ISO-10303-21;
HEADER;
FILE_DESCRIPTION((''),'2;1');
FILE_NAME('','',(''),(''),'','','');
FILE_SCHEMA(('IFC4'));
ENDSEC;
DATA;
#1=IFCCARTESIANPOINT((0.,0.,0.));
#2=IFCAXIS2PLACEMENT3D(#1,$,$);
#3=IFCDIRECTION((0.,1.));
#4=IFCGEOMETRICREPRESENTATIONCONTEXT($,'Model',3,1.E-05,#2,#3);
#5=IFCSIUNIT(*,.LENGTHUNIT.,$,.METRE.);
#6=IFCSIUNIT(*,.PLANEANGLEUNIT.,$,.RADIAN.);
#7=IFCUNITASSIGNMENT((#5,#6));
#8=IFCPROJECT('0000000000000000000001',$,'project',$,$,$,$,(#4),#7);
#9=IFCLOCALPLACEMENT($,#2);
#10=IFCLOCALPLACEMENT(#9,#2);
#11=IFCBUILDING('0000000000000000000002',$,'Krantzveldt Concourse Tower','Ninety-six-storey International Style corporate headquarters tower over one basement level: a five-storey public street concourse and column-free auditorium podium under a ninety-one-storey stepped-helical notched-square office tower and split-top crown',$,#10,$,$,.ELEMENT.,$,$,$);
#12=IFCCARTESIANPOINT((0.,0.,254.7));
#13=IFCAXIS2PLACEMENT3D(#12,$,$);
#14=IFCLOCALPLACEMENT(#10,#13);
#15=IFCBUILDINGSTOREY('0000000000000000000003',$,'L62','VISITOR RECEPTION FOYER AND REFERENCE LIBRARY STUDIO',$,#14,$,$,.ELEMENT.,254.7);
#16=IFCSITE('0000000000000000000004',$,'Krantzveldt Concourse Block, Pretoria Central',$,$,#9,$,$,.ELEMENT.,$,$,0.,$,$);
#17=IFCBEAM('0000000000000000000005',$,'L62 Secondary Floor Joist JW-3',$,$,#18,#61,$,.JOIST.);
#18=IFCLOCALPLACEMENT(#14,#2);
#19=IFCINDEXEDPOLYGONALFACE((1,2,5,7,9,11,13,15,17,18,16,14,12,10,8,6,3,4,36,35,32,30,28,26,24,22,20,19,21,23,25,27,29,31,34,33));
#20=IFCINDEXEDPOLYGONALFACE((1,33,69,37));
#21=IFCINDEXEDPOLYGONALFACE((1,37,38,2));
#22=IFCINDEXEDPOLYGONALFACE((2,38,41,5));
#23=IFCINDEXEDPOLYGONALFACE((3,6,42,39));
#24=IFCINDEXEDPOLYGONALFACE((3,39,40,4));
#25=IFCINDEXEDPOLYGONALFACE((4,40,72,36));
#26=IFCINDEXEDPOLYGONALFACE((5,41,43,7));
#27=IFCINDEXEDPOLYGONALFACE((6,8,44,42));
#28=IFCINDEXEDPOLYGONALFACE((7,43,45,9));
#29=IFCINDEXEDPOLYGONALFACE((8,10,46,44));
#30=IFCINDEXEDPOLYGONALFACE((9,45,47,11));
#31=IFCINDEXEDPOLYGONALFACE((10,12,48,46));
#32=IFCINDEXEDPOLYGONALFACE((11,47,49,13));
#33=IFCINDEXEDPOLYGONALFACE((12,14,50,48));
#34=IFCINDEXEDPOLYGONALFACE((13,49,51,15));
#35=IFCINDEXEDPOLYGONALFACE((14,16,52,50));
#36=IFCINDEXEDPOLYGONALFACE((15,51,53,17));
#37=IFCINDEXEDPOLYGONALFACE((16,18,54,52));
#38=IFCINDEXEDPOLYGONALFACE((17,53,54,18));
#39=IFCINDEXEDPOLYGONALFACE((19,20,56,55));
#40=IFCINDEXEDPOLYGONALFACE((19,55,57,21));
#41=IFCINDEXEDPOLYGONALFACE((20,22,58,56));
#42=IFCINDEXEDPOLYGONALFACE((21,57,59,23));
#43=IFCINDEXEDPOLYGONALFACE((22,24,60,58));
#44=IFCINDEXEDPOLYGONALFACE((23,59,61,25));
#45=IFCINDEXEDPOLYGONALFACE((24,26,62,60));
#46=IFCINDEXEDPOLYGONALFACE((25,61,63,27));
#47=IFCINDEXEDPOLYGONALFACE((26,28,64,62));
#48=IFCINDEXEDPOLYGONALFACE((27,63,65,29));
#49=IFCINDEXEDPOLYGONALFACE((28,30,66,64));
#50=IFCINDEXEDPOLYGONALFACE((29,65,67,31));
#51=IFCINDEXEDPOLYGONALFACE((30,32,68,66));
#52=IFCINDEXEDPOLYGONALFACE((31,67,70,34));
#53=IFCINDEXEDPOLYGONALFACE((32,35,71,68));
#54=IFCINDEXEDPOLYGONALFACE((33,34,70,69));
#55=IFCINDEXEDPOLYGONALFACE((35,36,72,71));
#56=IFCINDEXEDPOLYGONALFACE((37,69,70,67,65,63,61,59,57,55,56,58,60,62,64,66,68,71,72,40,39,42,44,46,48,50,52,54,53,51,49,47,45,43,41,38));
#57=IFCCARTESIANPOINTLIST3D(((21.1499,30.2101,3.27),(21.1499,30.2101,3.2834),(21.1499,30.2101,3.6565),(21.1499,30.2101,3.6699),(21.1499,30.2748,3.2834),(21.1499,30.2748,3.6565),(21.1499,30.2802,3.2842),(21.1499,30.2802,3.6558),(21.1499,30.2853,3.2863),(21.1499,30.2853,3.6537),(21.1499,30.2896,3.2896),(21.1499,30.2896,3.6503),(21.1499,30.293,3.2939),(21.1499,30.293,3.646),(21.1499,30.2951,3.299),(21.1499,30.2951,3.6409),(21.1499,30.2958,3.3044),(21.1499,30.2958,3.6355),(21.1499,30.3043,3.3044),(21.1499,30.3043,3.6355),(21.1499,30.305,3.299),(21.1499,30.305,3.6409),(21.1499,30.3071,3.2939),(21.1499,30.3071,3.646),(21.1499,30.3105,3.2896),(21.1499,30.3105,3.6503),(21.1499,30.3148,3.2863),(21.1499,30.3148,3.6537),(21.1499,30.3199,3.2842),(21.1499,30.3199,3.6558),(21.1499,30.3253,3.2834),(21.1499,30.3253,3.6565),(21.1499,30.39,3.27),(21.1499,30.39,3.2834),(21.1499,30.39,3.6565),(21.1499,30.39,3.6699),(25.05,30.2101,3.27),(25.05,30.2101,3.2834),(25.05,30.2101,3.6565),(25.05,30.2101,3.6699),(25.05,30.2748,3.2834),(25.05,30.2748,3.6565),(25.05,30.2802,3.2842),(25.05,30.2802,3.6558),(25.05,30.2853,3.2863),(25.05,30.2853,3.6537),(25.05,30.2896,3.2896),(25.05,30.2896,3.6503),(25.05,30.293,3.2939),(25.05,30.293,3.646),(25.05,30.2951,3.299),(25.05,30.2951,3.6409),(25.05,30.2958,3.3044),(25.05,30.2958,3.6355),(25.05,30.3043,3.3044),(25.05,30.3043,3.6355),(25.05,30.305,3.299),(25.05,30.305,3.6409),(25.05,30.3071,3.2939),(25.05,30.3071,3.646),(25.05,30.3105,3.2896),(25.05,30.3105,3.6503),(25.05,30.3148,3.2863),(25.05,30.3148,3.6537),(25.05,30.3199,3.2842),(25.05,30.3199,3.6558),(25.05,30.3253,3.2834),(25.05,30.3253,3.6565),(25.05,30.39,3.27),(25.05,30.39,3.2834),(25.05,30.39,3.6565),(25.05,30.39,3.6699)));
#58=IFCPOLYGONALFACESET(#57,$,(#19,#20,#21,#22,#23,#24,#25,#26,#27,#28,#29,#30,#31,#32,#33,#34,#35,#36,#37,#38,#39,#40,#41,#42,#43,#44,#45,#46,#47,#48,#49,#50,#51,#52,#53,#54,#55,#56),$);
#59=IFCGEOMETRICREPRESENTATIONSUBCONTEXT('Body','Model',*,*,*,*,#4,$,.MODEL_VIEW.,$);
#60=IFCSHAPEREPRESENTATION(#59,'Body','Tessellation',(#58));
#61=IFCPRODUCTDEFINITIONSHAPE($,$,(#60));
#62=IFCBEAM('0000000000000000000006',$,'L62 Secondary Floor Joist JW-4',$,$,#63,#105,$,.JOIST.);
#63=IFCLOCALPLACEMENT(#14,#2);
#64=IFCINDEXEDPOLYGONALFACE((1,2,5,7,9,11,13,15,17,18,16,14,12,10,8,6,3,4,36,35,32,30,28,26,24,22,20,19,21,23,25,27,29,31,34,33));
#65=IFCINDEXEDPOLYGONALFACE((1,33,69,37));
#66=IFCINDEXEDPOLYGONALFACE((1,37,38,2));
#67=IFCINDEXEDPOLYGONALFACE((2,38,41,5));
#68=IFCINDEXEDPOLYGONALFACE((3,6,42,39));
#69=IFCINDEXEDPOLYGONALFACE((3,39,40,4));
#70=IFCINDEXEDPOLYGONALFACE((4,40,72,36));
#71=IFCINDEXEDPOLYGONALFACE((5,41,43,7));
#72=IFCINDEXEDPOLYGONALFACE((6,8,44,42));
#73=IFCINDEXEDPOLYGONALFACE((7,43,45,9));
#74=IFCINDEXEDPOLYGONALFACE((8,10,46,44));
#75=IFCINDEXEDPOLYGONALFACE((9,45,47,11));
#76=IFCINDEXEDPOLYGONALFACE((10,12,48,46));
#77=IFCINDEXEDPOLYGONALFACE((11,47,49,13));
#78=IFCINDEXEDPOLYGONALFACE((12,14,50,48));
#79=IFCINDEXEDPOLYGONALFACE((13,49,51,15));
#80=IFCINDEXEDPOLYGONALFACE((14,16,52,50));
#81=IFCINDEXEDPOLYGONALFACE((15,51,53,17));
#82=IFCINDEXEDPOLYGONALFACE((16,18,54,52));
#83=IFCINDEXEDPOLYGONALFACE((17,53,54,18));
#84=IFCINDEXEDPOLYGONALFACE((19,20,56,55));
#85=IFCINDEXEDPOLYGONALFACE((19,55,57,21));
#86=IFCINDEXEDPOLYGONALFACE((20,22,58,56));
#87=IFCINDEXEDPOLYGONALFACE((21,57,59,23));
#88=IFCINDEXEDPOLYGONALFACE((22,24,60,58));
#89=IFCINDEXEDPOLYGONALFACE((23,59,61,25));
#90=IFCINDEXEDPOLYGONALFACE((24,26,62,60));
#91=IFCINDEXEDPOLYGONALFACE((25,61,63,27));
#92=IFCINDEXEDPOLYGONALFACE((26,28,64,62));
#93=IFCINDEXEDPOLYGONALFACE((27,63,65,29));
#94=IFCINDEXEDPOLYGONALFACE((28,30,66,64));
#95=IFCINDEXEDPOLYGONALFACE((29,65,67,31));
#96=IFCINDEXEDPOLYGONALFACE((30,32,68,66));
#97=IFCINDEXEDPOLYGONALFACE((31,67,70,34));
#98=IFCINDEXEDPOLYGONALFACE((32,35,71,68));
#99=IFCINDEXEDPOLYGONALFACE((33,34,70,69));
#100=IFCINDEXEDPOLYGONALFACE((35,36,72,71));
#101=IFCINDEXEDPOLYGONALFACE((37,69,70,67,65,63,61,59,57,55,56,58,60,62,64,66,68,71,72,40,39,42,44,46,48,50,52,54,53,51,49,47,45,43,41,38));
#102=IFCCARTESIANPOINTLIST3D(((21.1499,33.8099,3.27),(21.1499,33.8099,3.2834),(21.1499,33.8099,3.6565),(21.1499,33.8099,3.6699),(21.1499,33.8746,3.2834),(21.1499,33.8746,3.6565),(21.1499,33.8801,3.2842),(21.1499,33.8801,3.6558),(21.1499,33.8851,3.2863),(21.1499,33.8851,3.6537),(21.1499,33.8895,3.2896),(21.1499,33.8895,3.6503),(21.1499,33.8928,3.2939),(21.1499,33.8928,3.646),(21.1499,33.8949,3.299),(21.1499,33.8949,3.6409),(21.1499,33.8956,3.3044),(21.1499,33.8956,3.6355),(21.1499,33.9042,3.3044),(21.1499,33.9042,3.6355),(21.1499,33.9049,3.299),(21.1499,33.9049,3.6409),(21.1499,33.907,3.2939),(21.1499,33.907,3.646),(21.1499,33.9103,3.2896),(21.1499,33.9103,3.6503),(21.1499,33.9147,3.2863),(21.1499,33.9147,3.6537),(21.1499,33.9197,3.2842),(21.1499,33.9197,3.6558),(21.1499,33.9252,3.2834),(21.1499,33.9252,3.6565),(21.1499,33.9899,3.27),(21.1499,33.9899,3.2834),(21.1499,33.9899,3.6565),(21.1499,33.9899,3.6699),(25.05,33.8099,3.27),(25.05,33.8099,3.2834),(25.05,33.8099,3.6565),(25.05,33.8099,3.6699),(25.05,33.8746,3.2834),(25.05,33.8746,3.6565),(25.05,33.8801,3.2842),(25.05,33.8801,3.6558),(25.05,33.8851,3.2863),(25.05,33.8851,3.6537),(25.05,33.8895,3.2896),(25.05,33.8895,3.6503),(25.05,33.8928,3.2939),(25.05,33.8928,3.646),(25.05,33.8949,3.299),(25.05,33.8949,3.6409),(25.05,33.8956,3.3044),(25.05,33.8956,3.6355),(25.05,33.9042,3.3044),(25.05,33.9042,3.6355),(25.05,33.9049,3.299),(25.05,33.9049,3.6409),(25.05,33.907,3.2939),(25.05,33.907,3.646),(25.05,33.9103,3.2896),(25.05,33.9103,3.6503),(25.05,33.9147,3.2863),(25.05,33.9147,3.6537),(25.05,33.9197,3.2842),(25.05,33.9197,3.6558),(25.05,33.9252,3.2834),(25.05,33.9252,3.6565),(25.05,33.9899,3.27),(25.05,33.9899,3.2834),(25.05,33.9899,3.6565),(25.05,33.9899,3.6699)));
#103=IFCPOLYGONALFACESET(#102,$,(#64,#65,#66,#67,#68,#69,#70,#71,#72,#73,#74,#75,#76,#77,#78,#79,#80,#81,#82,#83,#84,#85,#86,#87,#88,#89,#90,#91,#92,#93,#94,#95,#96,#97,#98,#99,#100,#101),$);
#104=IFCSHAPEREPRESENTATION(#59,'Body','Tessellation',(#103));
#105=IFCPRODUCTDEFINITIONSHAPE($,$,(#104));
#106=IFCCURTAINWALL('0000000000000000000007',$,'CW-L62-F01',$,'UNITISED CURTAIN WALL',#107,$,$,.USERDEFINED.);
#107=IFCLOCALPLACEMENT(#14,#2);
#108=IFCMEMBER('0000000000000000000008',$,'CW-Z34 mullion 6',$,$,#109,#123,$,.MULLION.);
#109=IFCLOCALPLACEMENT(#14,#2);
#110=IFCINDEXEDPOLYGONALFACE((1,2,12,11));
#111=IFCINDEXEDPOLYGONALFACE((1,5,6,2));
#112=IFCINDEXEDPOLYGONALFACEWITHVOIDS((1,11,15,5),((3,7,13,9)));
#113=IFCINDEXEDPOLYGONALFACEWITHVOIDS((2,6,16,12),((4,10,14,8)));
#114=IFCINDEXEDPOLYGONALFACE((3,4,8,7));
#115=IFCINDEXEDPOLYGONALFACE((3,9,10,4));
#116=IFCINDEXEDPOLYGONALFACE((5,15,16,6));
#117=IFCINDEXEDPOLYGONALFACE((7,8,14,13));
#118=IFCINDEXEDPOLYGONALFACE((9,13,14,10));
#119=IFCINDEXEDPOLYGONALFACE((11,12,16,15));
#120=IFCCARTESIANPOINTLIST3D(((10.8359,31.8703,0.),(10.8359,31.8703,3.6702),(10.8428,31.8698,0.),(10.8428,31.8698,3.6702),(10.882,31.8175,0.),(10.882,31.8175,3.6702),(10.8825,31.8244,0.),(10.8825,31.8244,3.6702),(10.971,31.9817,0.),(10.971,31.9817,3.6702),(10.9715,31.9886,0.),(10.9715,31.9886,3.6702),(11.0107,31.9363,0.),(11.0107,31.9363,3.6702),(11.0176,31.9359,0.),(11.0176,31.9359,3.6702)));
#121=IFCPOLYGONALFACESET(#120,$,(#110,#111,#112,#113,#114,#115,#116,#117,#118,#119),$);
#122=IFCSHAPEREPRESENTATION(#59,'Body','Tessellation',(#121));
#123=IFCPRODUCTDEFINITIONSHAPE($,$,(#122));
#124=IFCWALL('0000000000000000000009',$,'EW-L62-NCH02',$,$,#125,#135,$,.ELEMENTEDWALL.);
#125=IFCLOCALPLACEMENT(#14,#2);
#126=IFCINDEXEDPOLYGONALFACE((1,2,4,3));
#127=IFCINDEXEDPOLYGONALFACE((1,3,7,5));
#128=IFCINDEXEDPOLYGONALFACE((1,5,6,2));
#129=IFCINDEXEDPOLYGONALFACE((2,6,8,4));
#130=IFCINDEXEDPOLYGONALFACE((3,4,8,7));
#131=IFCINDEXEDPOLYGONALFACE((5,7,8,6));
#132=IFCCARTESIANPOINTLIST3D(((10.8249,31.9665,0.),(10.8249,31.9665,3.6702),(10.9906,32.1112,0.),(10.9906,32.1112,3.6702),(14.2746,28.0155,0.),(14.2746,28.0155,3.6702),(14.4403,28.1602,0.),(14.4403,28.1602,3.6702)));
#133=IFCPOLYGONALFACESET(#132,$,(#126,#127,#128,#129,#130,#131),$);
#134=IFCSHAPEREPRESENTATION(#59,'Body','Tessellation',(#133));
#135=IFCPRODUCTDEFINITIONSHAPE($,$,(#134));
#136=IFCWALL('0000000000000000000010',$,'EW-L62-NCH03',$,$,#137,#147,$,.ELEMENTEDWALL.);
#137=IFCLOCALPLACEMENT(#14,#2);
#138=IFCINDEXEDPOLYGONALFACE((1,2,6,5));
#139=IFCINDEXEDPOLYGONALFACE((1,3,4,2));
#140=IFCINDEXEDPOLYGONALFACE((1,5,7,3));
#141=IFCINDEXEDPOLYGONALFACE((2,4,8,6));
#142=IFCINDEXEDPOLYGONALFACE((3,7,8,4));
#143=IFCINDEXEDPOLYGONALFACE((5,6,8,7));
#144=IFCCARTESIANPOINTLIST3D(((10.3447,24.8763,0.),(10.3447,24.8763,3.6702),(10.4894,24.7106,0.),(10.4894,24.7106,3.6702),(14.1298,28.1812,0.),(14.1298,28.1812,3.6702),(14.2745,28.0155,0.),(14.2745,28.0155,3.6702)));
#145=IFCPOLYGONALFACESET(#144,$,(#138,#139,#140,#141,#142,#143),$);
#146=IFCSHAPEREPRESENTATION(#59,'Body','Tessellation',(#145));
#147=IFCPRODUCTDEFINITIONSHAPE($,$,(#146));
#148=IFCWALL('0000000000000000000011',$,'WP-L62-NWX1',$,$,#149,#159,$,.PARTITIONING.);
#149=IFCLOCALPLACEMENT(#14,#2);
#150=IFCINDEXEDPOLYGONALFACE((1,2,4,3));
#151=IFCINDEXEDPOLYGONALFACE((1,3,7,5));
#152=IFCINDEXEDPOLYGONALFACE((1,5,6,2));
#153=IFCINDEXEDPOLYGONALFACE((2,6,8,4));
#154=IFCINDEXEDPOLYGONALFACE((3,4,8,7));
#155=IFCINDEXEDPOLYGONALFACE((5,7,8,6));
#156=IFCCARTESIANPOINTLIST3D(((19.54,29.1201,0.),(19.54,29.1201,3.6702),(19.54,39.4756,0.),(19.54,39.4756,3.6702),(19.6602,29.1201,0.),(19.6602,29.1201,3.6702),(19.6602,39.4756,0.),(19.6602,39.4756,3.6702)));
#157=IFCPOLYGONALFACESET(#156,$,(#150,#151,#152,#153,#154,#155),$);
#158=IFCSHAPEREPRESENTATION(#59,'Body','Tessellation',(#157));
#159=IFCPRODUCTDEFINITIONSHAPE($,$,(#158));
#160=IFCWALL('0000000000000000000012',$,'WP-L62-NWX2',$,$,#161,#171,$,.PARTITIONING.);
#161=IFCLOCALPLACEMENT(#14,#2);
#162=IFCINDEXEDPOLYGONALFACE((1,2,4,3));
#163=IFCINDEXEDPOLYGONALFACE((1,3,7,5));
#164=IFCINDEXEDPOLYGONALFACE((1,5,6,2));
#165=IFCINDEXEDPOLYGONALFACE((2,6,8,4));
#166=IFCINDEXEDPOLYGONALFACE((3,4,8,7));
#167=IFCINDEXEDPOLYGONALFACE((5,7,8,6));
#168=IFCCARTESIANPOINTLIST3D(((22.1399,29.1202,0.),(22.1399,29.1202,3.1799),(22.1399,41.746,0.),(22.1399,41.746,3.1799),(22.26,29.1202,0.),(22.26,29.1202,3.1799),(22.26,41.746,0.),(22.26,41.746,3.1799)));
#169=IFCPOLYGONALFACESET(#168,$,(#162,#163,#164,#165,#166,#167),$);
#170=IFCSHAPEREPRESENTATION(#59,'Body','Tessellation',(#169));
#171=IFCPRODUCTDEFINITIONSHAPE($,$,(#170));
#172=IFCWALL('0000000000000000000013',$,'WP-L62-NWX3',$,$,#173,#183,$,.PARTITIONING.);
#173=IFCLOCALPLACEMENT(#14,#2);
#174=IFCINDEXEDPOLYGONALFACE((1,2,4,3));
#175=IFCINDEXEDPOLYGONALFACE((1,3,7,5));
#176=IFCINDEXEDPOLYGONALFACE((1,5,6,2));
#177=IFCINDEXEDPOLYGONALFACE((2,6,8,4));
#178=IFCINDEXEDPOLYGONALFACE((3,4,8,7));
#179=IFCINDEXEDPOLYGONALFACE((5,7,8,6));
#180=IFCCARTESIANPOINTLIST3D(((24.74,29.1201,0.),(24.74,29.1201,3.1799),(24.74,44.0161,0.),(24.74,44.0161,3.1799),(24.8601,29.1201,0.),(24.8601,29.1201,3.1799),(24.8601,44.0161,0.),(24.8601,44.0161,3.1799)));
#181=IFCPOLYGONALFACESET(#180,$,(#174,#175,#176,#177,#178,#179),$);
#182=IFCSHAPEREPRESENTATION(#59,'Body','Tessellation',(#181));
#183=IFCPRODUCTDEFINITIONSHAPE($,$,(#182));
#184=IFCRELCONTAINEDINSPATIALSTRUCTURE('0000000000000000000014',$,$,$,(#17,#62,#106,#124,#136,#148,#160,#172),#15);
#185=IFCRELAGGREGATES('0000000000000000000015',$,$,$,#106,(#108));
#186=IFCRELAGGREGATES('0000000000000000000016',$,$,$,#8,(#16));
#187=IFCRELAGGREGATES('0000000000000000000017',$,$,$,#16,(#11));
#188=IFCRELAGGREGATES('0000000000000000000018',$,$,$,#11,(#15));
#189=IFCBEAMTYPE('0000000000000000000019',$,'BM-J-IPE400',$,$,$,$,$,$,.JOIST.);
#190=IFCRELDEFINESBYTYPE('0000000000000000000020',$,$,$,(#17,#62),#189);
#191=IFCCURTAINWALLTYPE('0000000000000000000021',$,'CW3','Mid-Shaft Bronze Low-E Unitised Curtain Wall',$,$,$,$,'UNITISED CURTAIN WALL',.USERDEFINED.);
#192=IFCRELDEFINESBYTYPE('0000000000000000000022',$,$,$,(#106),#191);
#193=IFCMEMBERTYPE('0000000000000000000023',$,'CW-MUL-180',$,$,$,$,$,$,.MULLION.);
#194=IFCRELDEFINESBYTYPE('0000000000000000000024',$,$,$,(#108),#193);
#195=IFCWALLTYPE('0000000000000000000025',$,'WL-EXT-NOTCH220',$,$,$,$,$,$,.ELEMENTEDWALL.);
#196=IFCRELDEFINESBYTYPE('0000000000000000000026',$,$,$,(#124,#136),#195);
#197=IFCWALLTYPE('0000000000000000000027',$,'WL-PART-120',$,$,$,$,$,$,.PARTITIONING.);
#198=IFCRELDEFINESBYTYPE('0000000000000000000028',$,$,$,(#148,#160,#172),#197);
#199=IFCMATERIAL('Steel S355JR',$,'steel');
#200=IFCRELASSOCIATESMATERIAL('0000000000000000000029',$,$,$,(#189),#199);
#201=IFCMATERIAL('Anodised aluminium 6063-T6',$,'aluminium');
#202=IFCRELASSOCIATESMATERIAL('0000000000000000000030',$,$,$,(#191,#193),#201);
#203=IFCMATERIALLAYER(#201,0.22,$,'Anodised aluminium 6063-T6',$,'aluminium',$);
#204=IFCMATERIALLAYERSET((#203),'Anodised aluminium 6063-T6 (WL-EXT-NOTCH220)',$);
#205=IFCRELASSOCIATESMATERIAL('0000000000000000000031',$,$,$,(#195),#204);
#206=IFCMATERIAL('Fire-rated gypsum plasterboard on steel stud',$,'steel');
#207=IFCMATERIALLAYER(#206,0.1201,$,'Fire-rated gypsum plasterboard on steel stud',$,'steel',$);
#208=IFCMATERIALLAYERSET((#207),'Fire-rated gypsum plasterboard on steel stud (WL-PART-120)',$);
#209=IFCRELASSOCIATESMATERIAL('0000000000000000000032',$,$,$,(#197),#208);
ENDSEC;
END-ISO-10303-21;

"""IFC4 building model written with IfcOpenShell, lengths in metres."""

from ifc_helpers import new_model, si_unit, direction, frame, frame_2d, origin, origin_2d, place, context, subcontext, project, spatial, rectangle, hollow_rectangle, i_section, extrude, source, transform, mapped, material, layer, layer_set, material_profile, profile_set, type_object, type_shapes, element, aggregate, save


model = new_model("IFC4")

# Units and contexts
model_context = context("Model", 3, precision=1e-05, world=origin(), true_north=direction((0.0, 1.0)))
body_context = subcontext(model_context, "Body", "Model", "MODEL_VIEW")
ifc_project = project(units=[si_unit("LENGTHUNIT", "METRE"), si_unit("PLANEANGLEUNIT", "RADIAN")], contexts=[model_context])

# Site, building, storey
site_placement = place(None, origin())
site = spatial("IfcSite", under=ifc_project, at=site_placement, Name="Krantzveldt Concourse Block, Pretoria Central", CompositionType="ELEMENT", RefElevation=0.0)
building_placement = place(site_placement, origin())
building = spatial("IfcBuilding", under=site, at=building_placement, Name="Krantzveldt Concourse Tower", Description="Ninety-six-storey International Style corporate headquarters tower over one basement level: a five-storey public street concourse and column-free auditorium podium under a ninety-one-storey stepped-helical notched-square office tower and split-top crown", CompositionType="ELEMENT")
storey_placement = place(building_placement, frame((0.0, 0.0, 254.7)))
storey = spatial("IfcBuildingStorey", under=building, at=storey_placement, Name="L62", Description="VISITOR RECEPTION FOYER AND REFERENCE LIBRARY STUDIO", CompositionType="ELEMENT", Elevation=254.7)

# Beams
ifc_material_1 = material(Name="Steel S355JR", Category="steel")
ifc_material_profile_1 = material_profile(ifc_material_1, i_section(OverallWidth=0.1799, OverallDepth=0.3999, WebThickness=0.0085, FlangeThickness=0.0134, FilletRadius=0.021, at=origin_2d()), Name="Steel S355JR", Category="steel")
ifc_profile_set_1 = profile_set([ifc_material_profile_1], Name="Steel S355JR - IPE 400")
beam_type_1 = type_object("IfcBeamType", Name="BM-J-IPE400", PredefinedType="JOIST", material=ifc_profile_set_1)
shared_shape_1 = source(origin(), body_context, "Body", "SweptSolid", [
    extrude(i_section(OverallWidth=0.1799, OverallDepth=0.3999, WebThickness=0.0085, FlangeThickness=0.0134, FilletRadius=0.021, at=origin_2d()), origin(), (0.0, 0.0, 1.0), 3.9001),
])
type_shapes(beam_type_1, [shared_shape_1])
for number, where, z_axis, x_axis, name in (
    (1, (21.1499, 30.3, 3.47), (1.0, 0.0, 0.0), (0.0, 1.0, 0.0), "L62 Secondary Floor Joist JW-3"),
    (2, (21.1499, 33.8999, 3.47), (1.0, 0.0, 0.0), (0.0, 1.0, 0.0), "L62 Secondary Floor Joist JW-4"),
):
    element("IfcBeam", number, at=place(storey_placement, frame(where, z_axis=z_axis, x_axis=x_axis)), inside=storey, type_object=beam_type_1, Name=name, PredefinedType="JOIST", context=body_context, shape_type="MappedRepresentation", body=[
        mapped(shared_shape_1, transform((0.0, 0.0, 0.0), x_axis=(1.0, 0.0, 0.0), y_axis=(0.0, 1.0, 0.0), z_axis=(0.0, 0.0, 1.0), scale=1.0)),
    ])

# Curtain wall, member
ifc_material_2 = material(Name="Anodised aluminium 6063-T6", Category="aluminium")
curtain_wall_type = type_object("IfcCurtainWallType", Name="CW3", Description="Mid-Shaft Bronze Low-E Unitised Curtain Wall", ElementType="UNITISED CURTAIN WALL", PredefinedType="USERDEFINED", material=ifc_material_2)
curtain_wall_placement = place(storey_placement, origin())
curtain_wall = element("IfcCurtainWall", 3, at=curtain_wall_placement, inside=storey, type_object=curtain_wall_type, Name="CW-L62-F01", ObjectType="UNITISED CURTAIN WALL", PredefinedType="USERDEFINED")
ifc_material_profile_2 = material_profile(ifc_material_2, hollow_rectangle(XDim=0.0701, YDim=0.1799, WallThickness=0.0049, at=origin_2d()), Name="Anodised aluminium 6063-T6", Category="aluminium")
ifc_profile_set_2 = profile_set([ifc_material_profile_2], Name="Anodised aluminium 6063-T6 - ALU-MULL 180x70x5")
member_type = type_object("IfcMemberType", Name="CW-MUL-180", PredefinedType="MULLION", material=ifc_profile_set_2)
shared_shape_2 = source(origin(), body_context, "Body", "SweptSolid", [
    extrude(hollow_rectangle(XDim=0.0701, YDim=0.1799, WallThickness=0.0049, at=origin_2d()), origin(), (0.0, 0.0, 1.0), 3.6702),
])
type_shapes(member_type, [shared_shape_2])
member_placement = place(storey_placement, frame((10.9268, 31.9031, 0.0), z_axis=(0.0, 0.0, 1.0), x_axis=(0.657704, -0.753277, 0.0)))
member = element("IfcMember", 4, at=member_placement, type_object=member_type, Name="CW-Z34 mullion 6", PredefinedType="MULLION", context=body_context, shape_type="MappedRepresentation", body=[
    mapped(shared_shape_2, transform((0.0, 0.0, 0.0), x_axis=(1.0, 0.0, 0.0), y_axis=(0.0, 1.0, 0.0), z_axis=(0.0, 0.0, 1.0), scale=1.0)),
])
aggregate(curtain_wall, [member])

# Walls
ifc_layer_1 = layer(ifc_material_2, 0.22, Name="Anodised aluminium 6063-T6", Category="aluminium")
ifc_layer_set_1 = layer_set([ifc_layer_1], Name="Anodised aluminium 6063-T6 (WL-EXT-NOTCH220)")
wall_type_1 = type_object("IfcWallType", Name="WL-EXT-NOTCH220", PredefinedType="ELEMENTEDWALL", material=ifc_layer_set_1)
wall_1_placement = place(storey_placement, frame((10.9077, 32.0388, 0.0), z_axis=(0.0, 0.0, 1.0), x_axis=(0.65771, -0.753271, 0.0)))
element("IfcWall", 5, at=wall_1_placement, inside=storey, type_object=wall_type_1, Name="EW-L62-NCH02", PredefinedType="ELEMENTEDWALL", context=body_context, shape_type="SweptSolid", body=[
    extrude(rectangle(XDim=5.2451, YDim=0.22, at=frame_2d((2.6226, 0.0))), origin(), (0.0, 0.0, 1.0), 3.6702),
])
wall_2_placement = place(storey_placement, frame((14.2021, 28.0984, 0.0), z_axis=(0.0, 0.0, 1.0), x_axis=(-0.753275, -0.657706, 0.0)))
element("IfcWall", 6, at=wall_2_placement, inside=storey, type_object=wall_type_1, Name="EW-L62-NCH03", PredefinedType="ELEMENTEDWALL", context=body_context, shape_type="SweptSolid", body=[
    extrude(rectangle(XDim=5.0249, YDim=0.22, at=frame_2d((2.5125, 0.0))), origin(), (0.0, 0.0, 1.0), 3.6702),
])
ifc_material_3 = material(Name="Fire-rated gypsum plasterboard on steel stud", Category="steel")
ifc_layer_2 = layer(ifc_material_3, 0.1201, Name="Fire-rated gypsum plasterboard on steel stud", Category="steel")
ifc_layer_set_2 = layer_set([ifc_layer_2], Name="Fire-rated gypsum plasterboard on steel stud (WL-PART-120)")
wall_type_2 = type_object("IfcWallType", Name="WL-PART-120", PredefinedType="PARTITIONING", material=ifc_layer_set_2)
wall_3_placement = place(storey_placement, frame((19.6001, 29.1201, 0.0), z_axis=(0.0, 0.0, 1.0), x_axis=(0.0, 1.0, 0.0)))
element("IfcWall", 7, at=wall_3_placement, inside=storey, type_object=wall_type_2, Name="WP-L62-NWX1", PredefinedType="PARTITIONING", context=body_context, shape_type="SweptSolid", body=[
    extrude(rectangle(XDim=10.3555, YDim=0.1201, at=frame_2d((5.1777, 0.0))), origin(), (0.0, 0.0, 1.0), 3.6702),
])
wall_4_placement = place(storey_placement, frame((22.2, 29.1201, 0.0), z_axis=(0.0, 0.0, 1.0), x_axis=(0.0, 1.0, 0.0)))
element("IfcWall", 8, at=wall_4_placement, inside=storey, type_object=wall_type_2, Name="WP-L62-NWX2", PredefinedType="PARTITIONING", context=body_context, shape_type="SweptSolid", body=[
    extrude(rectangle(XDim=12.6257, YDim=0.1201, at=frame_2d((6.313, 0.0))), origin(), (0.0, 0.0, 1.0), 3.1799),
])
wall_5_placement = place(storey_placement, frame((24.8, 29.1201, 0.0), z_axis=(0.0, 0.0, 1.0), x_axis=(0.0, 1.0, 0.0)))
element("IfcWall", 9, at=wall_5_placement, inside=storey, type_object=wall_type_2, Name="WP-L62-NWX3", PredefinedType="PARTITIONING", context=body_context, shape_type="SweptSolid", body=[
    extrude(rectangle(XDim=14.896, YDim=0.1201, at=frame_2d((7.448, 0.0))), origin(), (0.0, 0.0, 1.0), 3.1799),
])

save(model, "model.ifc")
